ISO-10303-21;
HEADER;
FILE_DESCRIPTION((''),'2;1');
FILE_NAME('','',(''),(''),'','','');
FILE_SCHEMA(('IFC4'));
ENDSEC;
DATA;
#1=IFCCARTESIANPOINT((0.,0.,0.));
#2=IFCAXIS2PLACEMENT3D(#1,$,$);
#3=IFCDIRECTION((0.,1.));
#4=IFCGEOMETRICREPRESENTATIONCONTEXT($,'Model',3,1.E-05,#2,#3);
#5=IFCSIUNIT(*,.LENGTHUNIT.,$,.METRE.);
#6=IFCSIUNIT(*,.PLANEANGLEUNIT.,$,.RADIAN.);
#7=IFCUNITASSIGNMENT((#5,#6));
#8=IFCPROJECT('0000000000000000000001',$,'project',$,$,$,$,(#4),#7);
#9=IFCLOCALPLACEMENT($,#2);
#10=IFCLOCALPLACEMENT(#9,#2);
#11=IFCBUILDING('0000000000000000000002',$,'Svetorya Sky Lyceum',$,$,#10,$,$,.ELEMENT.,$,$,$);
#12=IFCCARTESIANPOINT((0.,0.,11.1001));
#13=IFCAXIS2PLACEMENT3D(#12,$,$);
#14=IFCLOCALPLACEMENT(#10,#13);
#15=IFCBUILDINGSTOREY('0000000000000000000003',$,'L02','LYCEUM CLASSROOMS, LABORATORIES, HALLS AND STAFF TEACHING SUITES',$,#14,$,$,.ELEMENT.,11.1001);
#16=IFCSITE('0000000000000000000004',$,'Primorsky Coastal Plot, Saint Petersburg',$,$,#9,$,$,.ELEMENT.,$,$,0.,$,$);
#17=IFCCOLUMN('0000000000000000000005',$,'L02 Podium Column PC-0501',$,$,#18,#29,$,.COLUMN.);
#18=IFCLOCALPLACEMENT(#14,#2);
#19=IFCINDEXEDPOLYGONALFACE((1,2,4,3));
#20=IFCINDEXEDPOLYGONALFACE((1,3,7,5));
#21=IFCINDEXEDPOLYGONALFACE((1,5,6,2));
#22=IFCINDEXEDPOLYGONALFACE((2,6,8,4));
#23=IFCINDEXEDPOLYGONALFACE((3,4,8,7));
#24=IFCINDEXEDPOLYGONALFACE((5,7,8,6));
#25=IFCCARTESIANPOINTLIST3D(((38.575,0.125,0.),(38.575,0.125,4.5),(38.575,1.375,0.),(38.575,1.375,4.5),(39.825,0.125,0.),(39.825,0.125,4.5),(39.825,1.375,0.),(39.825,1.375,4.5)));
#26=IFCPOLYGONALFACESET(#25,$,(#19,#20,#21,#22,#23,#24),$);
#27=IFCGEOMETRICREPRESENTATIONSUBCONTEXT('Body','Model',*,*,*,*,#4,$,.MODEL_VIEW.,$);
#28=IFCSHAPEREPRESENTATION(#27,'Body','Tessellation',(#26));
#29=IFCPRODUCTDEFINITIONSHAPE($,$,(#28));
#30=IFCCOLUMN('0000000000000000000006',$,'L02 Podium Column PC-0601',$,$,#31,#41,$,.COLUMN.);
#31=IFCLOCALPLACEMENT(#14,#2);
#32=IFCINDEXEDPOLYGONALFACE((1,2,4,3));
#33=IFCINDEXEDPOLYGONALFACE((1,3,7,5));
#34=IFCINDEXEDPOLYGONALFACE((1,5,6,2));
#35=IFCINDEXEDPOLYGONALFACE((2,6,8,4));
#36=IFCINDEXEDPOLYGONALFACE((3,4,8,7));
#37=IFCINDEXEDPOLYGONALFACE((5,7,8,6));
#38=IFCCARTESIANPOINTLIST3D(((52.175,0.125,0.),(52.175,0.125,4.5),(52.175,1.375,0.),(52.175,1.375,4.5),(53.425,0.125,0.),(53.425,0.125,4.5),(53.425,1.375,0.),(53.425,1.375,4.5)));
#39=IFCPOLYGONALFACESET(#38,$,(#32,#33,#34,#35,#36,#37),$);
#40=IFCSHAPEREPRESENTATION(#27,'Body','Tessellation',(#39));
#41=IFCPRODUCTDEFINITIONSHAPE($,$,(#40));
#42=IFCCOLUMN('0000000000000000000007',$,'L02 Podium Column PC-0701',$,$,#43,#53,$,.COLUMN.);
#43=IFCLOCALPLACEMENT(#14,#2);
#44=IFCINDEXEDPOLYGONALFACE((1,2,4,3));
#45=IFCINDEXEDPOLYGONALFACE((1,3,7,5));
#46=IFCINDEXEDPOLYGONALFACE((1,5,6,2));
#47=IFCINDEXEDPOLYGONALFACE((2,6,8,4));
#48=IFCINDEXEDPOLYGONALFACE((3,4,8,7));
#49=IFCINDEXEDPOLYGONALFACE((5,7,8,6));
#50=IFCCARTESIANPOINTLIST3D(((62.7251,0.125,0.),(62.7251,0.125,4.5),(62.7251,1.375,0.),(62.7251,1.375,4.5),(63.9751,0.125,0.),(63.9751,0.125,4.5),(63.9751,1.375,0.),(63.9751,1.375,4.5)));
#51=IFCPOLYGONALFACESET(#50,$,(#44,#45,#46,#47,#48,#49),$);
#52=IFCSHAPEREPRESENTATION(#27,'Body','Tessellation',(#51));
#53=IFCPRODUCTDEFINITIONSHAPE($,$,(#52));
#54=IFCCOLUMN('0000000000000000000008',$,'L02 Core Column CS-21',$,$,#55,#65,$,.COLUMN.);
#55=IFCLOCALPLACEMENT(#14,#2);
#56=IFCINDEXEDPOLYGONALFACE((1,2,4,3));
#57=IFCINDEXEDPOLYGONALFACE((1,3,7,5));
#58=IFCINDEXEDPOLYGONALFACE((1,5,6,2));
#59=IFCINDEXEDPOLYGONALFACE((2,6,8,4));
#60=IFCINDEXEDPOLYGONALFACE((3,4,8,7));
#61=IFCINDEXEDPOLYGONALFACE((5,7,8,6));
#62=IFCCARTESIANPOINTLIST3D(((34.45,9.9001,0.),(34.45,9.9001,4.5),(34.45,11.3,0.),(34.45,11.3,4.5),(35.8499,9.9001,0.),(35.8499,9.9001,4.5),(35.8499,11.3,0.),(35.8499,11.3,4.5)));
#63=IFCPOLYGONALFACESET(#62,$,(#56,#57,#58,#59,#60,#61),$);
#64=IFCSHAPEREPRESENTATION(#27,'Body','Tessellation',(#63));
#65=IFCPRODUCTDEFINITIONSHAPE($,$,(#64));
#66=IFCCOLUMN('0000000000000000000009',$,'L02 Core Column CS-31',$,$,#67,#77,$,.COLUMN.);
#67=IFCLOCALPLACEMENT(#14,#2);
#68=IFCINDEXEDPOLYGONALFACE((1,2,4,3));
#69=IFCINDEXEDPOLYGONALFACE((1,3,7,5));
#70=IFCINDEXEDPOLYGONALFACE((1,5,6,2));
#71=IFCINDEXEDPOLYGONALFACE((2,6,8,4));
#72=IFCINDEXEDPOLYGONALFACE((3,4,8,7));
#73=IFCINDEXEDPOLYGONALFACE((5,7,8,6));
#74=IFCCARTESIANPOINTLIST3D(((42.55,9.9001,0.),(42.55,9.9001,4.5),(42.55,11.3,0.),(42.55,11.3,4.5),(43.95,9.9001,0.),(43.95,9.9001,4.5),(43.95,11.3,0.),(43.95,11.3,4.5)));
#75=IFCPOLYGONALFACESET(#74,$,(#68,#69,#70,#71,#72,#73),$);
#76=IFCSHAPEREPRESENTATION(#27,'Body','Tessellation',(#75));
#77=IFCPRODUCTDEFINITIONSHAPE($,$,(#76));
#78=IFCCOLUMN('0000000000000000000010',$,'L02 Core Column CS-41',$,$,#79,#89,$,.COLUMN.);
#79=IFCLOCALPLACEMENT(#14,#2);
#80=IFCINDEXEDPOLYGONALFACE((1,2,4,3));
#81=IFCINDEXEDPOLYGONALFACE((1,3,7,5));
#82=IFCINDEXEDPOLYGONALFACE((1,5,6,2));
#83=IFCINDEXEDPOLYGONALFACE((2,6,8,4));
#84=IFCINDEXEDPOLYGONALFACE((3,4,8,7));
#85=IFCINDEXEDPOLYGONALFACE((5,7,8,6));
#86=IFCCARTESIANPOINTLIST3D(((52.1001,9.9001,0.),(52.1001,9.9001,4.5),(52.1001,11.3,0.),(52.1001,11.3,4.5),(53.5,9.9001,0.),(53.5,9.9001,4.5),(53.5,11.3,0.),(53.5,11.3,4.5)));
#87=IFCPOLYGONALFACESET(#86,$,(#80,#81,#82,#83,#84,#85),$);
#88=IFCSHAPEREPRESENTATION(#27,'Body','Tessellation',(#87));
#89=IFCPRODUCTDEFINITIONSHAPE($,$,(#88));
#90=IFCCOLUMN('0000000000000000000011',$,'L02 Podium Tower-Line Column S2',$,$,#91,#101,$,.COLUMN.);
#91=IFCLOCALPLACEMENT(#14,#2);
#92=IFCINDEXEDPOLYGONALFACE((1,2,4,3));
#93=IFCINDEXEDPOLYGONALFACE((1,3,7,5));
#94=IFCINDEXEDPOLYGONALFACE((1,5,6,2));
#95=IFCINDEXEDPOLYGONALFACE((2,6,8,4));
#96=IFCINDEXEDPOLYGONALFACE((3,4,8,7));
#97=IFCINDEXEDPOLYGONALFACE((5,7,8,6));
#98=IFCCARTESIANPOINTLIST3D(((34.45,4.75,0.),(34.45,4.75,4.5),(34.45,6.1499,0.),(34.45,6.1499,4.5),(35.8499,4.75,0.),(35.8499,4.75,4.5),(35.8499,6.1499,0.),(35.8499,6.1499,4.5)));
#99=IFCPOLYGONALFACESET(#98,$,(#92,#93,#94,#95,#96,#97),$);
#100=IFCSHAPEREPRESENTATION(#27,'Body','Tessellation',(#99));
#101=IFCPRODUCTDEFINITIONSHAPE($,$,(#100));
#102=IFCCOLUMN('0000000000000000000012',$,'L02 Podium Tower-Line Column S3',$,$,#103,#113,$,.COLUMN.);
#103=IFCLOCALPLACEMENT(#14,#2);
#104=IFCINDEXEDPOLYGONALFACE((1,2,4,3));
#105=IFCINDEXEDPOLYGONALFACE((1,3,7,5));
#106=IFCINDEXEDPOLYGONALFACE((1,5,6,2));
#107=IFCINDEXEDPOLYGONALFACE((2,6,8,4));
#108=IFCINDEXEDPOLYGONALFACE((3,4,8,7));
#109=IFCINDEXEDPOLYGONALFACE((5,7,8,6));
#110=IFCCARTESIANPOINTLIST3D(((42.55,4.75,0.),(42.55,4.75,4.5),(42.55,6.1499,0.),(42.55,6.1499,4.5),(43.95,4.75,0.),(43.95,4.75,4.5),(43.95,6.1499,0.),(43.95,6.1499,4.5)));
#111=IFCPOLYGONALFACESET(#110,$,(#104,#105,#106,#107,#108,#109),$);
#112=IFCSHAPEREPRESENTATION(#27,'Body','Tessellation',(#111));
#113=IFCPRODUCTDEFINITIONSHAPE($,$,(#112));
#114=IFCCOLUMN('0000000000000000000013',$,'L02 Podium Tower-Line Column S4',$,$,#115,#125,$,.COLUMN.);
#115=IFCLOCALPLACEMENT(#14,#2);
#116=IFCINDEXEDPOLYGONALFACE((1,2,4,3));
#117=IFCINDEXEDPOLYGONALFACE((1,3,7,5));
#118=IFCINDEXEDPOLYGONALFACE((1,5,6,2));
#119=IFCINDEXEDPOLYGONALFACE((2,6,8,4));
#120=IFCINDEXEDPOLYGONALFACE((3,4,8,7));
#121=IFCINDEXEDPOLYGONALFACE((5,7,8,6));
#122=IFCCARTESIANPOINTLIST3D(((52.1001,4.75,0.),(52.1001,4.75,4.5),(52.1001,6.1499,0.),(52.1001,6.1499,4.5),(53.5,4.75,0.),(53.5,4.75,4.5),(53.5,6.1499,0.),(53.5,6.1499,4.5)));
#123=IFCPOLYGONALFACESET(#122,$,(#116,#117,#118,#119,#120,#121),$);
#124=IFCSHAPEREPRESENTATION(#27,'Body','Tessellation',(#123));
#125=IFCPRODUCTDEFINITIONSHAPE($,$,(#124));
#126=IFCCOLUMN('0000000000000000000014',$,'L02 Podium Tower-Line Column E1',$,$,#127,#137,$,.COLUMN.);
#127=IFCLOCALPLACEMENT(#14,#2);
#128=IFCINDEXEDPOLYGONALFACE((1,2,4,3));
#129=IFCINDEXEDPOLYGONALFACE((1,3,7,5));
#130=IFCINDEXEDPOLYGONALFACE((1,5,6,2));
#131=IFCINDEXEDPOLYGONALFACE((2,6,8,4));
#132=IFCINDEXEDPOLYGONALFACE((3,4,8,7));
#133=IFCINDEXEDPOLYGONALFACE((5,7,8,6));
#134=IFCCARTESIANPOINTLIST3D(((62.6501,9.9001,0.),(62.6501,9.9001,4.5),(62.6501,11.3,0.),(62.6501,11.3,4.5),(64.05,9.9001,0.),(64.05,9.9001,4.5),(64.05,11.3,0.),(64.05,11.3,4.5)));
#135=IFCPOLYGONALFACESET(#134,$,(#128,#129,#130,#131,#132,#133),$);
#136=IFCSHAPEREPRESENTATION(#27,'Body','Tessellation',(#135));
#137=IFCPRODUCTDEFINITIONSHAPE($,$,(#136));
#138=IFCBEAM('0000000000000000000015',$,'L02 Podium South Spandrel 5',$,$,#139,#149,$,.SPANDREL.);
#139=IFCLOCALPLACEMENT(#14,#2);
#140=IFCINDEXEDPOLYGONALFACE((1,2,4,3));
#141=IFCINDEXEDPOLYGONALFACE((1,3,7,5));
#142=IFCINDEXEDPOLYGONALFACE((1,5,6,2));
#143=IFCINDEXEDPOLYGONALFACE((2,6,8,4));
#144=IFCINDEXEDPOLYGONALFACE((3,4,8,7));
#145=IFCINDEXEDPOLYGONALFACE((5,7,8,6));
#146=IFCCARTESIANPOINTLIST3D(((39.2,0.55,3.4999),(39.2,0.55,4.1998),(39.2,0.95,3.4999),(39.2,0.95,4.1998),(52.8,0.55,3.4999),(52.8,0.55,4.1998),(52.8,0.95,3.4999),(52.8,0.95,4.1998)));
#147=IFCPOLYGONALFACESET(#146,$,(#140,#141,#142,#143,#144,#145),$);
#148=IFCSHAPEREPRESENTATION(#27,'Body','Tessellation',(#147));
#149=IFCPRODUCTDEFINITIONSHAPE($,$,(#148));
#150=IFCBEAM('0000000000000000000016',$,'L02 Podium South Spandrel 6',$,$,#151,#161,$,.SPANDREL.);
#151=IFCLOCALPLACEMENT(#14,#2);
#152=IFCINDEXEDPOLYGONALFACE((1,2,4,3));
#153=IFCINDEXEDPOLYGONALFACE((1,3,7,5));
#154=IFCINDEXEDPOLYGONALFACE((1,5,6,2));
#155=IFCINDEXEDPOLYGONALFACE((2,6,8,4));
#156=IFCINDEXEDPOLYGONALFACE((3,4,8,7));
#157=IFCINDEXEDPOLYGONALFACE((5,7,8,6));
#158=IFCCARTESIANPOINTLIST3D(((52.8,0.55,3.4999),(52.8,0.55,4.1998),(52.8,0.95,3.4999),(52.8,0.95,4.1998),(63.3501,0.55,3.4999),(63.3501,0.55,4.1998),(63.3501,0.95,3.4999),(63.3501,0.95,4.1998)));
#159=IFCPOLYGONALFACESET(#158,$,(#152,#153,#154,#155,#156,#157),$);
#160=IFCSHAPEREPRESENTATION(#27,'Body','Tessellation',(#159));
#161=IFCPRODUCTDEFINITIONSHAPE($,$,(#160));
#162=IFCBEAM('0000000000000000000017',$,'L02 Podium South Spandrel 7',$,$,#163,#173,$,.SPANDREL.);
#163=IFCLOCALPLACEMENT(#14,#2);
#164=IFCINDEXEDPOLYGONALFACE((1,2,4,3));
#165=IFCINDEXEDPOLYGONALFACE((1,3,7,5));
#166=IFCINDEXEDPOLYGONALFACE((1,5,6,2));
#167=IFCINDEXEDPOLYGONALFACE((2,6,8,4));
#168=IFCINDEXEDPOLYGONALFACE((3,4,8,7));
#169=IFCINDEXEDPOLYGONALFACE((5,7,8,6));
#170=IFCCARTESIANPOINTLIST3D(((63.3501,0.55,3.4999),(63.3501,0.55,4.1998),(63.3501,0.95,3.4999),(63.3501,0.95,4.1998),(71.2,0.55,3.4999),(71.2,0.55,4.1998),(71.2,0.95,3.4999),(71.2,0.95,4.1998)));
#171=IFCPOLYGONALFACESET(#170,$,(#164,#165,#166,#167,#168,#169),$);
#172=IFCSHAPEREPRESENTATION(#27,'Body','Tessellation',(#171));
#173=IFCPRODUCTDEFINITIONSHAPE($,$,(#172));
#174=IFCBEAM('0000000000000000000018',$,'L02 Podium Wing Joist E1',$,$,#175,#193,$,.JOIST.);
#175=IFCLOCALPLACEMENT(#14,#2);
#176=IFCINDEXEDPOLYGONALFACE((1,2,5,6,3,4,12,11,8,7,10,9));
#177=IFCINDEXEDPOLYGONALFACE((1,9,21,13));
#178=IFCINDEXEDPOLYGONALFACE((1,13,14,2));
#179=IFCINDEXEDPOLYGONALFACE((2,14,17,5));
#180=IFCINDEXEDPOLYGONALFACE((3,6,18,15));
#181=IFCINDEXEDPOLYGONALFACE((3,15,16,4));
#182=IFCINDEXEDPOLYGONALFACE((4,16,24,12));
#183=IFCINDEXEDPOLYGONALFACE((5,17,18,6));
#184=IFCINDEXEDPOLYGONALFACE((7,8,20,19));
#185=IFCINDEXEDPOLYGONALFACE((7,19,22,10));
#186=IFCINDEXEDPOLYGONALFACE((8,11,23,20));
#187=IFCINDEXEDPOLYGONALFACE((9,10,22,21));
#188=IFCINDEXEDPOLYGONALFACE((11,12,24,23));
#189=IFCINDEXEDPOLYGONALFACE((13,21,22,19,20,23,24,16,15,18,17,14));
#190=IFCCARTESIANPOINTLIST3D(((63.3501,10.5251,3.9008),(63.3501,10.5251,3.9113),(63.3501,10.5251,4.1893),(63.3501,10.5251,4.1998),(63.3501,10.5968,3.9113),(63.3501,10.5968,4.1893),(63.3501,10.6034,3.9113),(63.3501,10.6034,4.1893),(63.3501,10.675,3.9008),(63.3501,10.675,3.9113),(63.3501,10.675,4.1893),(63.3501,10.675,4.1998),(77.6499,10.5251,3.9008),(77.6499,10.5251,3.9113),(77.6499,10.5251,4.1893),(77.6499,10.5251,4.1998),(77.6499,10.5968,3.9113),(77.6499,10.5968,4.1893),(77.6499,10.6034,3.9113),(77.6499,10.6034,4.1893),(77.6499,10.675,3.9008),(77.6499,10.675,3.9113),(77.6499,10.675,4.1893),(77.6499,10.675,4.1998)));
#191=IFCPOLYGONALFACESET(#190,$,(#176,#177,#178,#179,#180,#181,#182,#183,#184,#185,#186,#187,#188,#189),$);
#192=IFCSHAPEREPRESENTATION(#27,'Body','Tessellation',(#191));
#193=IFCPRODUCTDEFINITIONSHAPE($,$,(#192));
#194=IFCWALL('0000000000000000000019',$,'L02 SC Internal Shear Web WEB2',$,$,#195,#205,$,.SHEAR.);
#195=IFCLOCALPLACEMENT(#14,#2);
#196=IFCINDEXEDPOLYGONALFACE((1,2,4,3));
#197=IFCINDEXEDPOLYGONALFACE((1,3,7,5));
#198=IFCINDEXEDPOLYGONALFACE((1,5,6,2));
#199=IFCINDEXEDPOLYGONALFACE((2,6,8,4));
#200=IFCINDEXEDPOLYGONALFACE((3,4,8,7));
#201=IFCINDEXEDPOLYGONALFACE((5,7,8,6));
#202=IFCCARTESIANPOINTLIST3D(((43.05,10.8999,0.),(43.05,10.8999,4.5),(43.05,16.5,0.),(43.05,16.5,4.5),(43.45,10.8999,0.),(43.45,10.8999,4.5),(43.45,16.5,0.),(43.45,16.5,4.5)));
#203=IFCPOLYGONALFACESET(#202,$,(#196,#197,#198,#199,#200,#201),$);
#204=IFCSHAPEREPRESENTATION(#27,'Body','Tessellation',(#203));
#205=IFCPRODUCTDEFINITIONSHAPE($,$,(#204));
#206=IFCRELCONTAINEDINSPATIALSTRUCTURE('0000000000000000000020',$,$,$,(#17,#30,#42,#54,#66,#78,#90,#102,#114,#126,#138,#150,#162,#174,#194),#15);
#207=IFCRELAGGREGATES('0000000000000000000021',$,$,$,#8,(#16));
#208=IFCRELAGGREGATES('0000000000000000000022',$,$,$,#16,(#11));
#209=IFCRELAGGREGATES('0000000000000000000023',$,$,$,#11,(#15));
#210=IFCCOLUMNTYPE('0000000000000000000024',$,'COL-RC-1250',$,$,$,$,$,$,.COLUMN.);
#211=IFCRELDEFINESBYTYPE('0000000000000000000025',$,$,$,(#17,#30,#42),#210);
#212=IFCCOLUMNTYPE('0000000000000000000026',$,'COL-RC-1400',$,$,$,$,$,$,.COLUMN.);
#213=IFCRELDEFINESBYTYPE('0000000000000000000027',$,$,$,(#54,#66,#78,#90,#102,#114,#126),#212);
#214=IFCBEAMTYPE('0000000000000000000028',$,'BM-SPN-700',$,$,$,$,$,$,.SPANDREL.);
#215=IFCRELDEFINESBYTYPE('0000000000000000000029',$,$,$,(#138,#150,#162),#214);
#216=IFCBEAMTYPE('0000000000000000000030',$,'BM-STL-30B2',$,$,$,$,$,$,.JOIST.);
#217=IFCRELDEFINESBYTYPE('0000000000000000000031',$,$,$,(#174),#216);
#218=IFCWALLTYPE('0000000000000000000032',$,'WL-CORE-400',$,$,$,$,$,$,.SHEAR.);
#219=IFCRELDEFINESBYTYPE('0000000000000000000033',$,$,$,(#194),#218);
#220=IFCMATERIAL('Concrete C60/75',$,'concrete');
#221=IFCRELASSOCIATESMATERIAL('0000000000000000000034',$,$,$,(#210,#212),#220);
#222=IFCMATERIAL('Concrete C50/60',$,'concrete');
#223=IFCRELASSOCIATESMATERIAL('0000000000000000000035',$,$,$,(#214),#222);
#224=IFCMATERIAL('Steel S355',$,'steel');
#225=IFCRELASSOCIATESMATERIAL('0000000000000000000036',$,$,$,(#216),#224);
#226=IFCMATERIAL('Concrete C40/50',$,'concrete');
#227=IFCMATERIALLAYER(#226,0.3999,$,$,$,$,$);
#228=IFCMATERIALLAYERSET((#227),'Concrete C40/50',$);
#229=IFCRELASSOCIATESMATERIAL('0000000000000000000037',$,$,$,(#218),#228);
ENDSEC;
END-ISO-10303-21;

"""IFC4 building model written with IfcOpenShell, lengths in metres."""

from ifc_helpers import new_model, si_unit, direction, frame, frame_2d, origin, origin_2d, place, context, subcontext, project, spatial, rectangle, i_section, extrude, material, layer, layer_set, material_profile, profile_set, type_object, element, save


model = new_model("IFC4")

# Units and contexts
model_context = context("Model", 3, precision=1e-05, world=origin(), true_north=direction((0.0, 1.0)))
body_context = subcontext(model_context, "Body", "Model", "MODEL_VIEW")
ifc_project = project(units=[si_unit("LENGTHUNIT", "METRE"), si_unit("PLANEANGLEUNIT", "RADIAN")], contexts=[model_context])

# Site, building, storey
site_placement = place(None, origin())
site = spatial("IfcSite", under=ifc_project, at=site_placement, Name="Primorsky Coastal Plot, Saint Petersburg", CompositionType="ELEMENT", RefElevation=0.0)
building_placement = place(site_placement, origin())
building = spatial("IfcBuilding", under=site, at=building_placement, Name="Svetorya Sky Lyceum", CompositionType="ELEMENT")
storey_placement = place(building_placement, frame((0.0, 0.0, 11.1001)))
storey = spatial("IfcBuildingStorey", under=building, at=storey_placement, Name="L02", Description="LYCEUM CLASSROOMS, LABORATORIES, HALLS AND STAFF TEACHING SUITES", CompositionType="ELEMENT", Elevation=11.1001)

# Columns
ifc_material_1 = material(Name="Concrete C60/75", Category="concrete")
ifc_material_profile_1 = material_profile(ifc_material_1, rectangle(XDim=1.25, YDim=1.25, at=origin_2d()), Name="RC COL 1250x1250")
ifc_profile_set_1 = profile_set([ifc_material_profile_1], Name="Concrete C60/75")
column_type_1 = type_object("IfcColumnType", Name="COL-RC-1250", PredefinedType="COLUMN", material=ifc_profile_set_1)
for number, where, z_axis, x_axis, name in (
    (1, (39.2, 0.75, 0.0), (0.0, 0.0, 1.0), (1.0, 0.0, 0.0), "L02 Podium Column PC-0501"),
    (2, (52.8, 0.75, 0.0), (0.0, 0.0, 1.0), (1.0, 0.0, 0.0), "L02 Podium Column PC-0601"),
    (3, (63.3501, 0.75, 0.0), (0.0, 0.0, 1.0), (1.0, 0.0, 0.0), "L02 Podium Column PC-0701"),
):
    element("IfcColumn", number, at=place(storey_placement, frame(where, z_axis=z_axis, x_axis=x_axis)), inside=storey, type_object=column_type_1, Name=name, PredefinedType="COLUMN", context=body_context, shape_type="SweptSolid", body=[
        extrude(rectangle(XDim=1.25, YDim=1.25, at=origin_2d()), origin(), (0.0, 0.0, 1.0), 4.5),
    ])
ifc_material_profile_2 = material_profile(ifc_material_1, rectangle(XDim=1.3999, YDim=1.3999, at=origin_2d()), Name="RC COL 1400x1400")
ifc_profile_set_2 = profile_set([ifc_material_profile_2], Name="Concrete C60/75")
column_type_2 = type_object("IfcColumnType", Name="COL-RC-1400", PredefinedType="COLUMN", material=ifc_profile_set_2)
for number, where, z_axis, x_axis, name in (
    (4, (35.1499, 10.6001, 0.0), (0.0, 0.0, 1.0), (1.0, 0.0, 0.0), "L02 Core Column CS-21"),
    (5, (43.25, 10.6001, 0.0), (0.0, 0.0, 1.0), (1.0, 0.0, 0.0), "L02 Core Column CS-31"),
    (6, (52.8, 10.6001, 0.0), (0.0, 0.0, 1.0), (1.0, 0.0, 0.0), "L02 Core Column CS-41"),
    (7, (35.1499, 5.45, 0.0), (0.0, 0.0, 1.0), (1.0, 0.0, 0.0), "L02 Podium Tower-Line Column S2"),
    (8, (43.25, 5.45, 0.0), (0.0, 0.0, 1.0), (1.0, 0.0, 0.0), "L02 Podium Tower-Line Column S3"),
    (9, (52.8, 5.45, 0.0), (0.0, 0.0, 1.0), (1.0, 0.0, 0.0), "L02 Podium Tower-Line Column S4"),
    (10, (63.3501, 10.6001, 0.0), (0.0, 0.0, 1.0), (1.0, 0.0, 0.0), "L02 Podium Tower-Line Column E1"),
):
    element("IfcColumn", number, at=place(storey_placement, frame(where, z_axis=z_axis, x_axis=x_axis)), inside=storey, type_object=column_type_2, Name=name, PredefinedType="COLUMN", context=body_context, shape_type="SweptSolid", body=[
        extrude(rectangle(XDim=1.3999, YDim=1.3999, at=origin_2d()), origin(), (0.0, 0.0, 1.0), 4.5),
    ])

# Beams
ifc_material_2 = material(Name="Concrete C50/60", Category="concrete")
ifc_material_profile_3 = material_profile(ifc_material_2, rectangle(XDim=0.3999, YDim=0.7, at=origin_2d()), Name="RC SPANDREL 400x700")
ifc_profile_set_3 = profile_set([ifc_material_profile_3], Name="Concrete C50/60")
beam_type_1 = type_object("IfcBeamType", Name="BM-SPN-700", PredefinedType="SPANDREL", material=ifc_profile_set_3)
beam_1_placement = place(storey_placement, frame((39.2, 0.75, 3.8499), z_axis=(1.0, 0.0, 0.0), x_axis=(0.0, 1.0, 0.0)))
element("IfcBeam", 11, at=beam_1_placement, inside=storey, type_object=beam_type_1, Name="L02 Podium South Spandrel 5", PredefinedType="SPANDREL", context=body_context, shape_type="SweptSolid", body=[
    extrude(rectangle(XDim=0.3999, YDim=0.7, at=origin_2d()), origin(), (0.0, 0.0, 1.0), 13.6001),
])
beam_2_placement = place(storey_placement, frame((52.8, 0.75, 3.8499), z_axis=(1.0, 0.0, 0.0), x_axis=(0.0, 1.0, 0.0)))
element("IfcBeam", 12, at=beam_2_placement, inside=storey, type_object=beam_type_1, Name="L02 Podium South Spandrel 6", PredefinedType="SPANDREL", context=body_context, shape_type="SweptSolid", body=[
    extrude(rectangle(XDim=0.3999, YDim=0.7, at=origin_2d()), origin(), (0.0, 0.0, 1.0), 10.55),
])
beam_3_placement = place(storey_placement, frame((63.3501, 0.75, 3.8499), z_axis=(1.0, 0.0, 0.0), x_axis=(0.0, 1.0, 0.0)))
element("IfcBeam", 13, at=beam_3_placement, inside=storey, type_object=beam_type_1, Name="L02 Podium South Spandrel 7", PredefinedType="SPANDREL", context=body_context, shape_type="SweptSolid", body=[
    extrude(rectangle(XDim=0.3999, YDim=0.7, at=origin_2d()), origin(), (0.0, 0.0, 1.0), 7.8499),
])
ifc_material_3 = material(Name="Steel S355", Category="steel")
ifc_material_profile_4 = material_profile(ifc_material_3, i_section(OverallWidth=0.1499, OverallDepth=0.2991, WebThickness=0.0066, FlangeThickness=0.0105, at=origin_2d()), Name="GOST 30B2")
ifc_profile_set_4 = profile_set([ifc_material_profile_4], Name="Steel S355")
beam_type_2 = type_object("IfcBeamType", Name="BM-STL-30B2", PredefinedType="JOIST", material=ifc_profile_set_4)
beam_4_placement = place(storey_placement, frame((63.3501, 10.6001, 4.0503), z_axis=(1.0, 0.0, 0.0), x_axis=(0.0, 1.0, 0.0)))
element("IfcBeam", 14, at=beam_4_placement, inside=storey, type_object=beam_type_2, Name="L02 Podium Wing Joist E1", PredefinedType="JOIST", context=body_context, shape_type="SweptSolid", body=[
    extrude(i_section(OverallWidth=0.1499, OverallDepth=0.2991, WebThickness=0.0066, FlangeThickness=0.0105, at=origin_2d()), origin(), (0.0, 0.0, 1.0), 14.2998),
])

# Wall
ifc_material_4 = material(Name="Concrete C40/50", Category="concrete")
ifc_layer_1 = layer(ifc_material_4, 0.3999)
ifc_layer_set_1 = layer_set([ifc_layer_1], Name="Concrete C40/50")
wall_type_1 = type_object("IfcWallType", Name="WL-CORE-400", PredefinedType="SHEAR", material=ifc_layer_set_1)
wall_1_placement = place(storey_placement, frame((43.25, 10.8999, 0.0), z_axis=(0.0, 0.0, 1.0), x_axis=(0.0, 1.0, 0.0)))
element("IfcWall", 15, at=wall_1_placement, inside=storey, type_object=wall_type_1, Name="L02 SC Internal Shear Web WEB2", PredefinedType="SHEAR", context=body_context, shape_type="SweptSolid", body=[
    extrude(rectangle(XDim=5.6001, YDim=0.3999, at=frame_2d((2.8, 0.0))), origin(), (0.0, 0.0, 1.0), 4.5),
])

save(model, "model.ifc")
